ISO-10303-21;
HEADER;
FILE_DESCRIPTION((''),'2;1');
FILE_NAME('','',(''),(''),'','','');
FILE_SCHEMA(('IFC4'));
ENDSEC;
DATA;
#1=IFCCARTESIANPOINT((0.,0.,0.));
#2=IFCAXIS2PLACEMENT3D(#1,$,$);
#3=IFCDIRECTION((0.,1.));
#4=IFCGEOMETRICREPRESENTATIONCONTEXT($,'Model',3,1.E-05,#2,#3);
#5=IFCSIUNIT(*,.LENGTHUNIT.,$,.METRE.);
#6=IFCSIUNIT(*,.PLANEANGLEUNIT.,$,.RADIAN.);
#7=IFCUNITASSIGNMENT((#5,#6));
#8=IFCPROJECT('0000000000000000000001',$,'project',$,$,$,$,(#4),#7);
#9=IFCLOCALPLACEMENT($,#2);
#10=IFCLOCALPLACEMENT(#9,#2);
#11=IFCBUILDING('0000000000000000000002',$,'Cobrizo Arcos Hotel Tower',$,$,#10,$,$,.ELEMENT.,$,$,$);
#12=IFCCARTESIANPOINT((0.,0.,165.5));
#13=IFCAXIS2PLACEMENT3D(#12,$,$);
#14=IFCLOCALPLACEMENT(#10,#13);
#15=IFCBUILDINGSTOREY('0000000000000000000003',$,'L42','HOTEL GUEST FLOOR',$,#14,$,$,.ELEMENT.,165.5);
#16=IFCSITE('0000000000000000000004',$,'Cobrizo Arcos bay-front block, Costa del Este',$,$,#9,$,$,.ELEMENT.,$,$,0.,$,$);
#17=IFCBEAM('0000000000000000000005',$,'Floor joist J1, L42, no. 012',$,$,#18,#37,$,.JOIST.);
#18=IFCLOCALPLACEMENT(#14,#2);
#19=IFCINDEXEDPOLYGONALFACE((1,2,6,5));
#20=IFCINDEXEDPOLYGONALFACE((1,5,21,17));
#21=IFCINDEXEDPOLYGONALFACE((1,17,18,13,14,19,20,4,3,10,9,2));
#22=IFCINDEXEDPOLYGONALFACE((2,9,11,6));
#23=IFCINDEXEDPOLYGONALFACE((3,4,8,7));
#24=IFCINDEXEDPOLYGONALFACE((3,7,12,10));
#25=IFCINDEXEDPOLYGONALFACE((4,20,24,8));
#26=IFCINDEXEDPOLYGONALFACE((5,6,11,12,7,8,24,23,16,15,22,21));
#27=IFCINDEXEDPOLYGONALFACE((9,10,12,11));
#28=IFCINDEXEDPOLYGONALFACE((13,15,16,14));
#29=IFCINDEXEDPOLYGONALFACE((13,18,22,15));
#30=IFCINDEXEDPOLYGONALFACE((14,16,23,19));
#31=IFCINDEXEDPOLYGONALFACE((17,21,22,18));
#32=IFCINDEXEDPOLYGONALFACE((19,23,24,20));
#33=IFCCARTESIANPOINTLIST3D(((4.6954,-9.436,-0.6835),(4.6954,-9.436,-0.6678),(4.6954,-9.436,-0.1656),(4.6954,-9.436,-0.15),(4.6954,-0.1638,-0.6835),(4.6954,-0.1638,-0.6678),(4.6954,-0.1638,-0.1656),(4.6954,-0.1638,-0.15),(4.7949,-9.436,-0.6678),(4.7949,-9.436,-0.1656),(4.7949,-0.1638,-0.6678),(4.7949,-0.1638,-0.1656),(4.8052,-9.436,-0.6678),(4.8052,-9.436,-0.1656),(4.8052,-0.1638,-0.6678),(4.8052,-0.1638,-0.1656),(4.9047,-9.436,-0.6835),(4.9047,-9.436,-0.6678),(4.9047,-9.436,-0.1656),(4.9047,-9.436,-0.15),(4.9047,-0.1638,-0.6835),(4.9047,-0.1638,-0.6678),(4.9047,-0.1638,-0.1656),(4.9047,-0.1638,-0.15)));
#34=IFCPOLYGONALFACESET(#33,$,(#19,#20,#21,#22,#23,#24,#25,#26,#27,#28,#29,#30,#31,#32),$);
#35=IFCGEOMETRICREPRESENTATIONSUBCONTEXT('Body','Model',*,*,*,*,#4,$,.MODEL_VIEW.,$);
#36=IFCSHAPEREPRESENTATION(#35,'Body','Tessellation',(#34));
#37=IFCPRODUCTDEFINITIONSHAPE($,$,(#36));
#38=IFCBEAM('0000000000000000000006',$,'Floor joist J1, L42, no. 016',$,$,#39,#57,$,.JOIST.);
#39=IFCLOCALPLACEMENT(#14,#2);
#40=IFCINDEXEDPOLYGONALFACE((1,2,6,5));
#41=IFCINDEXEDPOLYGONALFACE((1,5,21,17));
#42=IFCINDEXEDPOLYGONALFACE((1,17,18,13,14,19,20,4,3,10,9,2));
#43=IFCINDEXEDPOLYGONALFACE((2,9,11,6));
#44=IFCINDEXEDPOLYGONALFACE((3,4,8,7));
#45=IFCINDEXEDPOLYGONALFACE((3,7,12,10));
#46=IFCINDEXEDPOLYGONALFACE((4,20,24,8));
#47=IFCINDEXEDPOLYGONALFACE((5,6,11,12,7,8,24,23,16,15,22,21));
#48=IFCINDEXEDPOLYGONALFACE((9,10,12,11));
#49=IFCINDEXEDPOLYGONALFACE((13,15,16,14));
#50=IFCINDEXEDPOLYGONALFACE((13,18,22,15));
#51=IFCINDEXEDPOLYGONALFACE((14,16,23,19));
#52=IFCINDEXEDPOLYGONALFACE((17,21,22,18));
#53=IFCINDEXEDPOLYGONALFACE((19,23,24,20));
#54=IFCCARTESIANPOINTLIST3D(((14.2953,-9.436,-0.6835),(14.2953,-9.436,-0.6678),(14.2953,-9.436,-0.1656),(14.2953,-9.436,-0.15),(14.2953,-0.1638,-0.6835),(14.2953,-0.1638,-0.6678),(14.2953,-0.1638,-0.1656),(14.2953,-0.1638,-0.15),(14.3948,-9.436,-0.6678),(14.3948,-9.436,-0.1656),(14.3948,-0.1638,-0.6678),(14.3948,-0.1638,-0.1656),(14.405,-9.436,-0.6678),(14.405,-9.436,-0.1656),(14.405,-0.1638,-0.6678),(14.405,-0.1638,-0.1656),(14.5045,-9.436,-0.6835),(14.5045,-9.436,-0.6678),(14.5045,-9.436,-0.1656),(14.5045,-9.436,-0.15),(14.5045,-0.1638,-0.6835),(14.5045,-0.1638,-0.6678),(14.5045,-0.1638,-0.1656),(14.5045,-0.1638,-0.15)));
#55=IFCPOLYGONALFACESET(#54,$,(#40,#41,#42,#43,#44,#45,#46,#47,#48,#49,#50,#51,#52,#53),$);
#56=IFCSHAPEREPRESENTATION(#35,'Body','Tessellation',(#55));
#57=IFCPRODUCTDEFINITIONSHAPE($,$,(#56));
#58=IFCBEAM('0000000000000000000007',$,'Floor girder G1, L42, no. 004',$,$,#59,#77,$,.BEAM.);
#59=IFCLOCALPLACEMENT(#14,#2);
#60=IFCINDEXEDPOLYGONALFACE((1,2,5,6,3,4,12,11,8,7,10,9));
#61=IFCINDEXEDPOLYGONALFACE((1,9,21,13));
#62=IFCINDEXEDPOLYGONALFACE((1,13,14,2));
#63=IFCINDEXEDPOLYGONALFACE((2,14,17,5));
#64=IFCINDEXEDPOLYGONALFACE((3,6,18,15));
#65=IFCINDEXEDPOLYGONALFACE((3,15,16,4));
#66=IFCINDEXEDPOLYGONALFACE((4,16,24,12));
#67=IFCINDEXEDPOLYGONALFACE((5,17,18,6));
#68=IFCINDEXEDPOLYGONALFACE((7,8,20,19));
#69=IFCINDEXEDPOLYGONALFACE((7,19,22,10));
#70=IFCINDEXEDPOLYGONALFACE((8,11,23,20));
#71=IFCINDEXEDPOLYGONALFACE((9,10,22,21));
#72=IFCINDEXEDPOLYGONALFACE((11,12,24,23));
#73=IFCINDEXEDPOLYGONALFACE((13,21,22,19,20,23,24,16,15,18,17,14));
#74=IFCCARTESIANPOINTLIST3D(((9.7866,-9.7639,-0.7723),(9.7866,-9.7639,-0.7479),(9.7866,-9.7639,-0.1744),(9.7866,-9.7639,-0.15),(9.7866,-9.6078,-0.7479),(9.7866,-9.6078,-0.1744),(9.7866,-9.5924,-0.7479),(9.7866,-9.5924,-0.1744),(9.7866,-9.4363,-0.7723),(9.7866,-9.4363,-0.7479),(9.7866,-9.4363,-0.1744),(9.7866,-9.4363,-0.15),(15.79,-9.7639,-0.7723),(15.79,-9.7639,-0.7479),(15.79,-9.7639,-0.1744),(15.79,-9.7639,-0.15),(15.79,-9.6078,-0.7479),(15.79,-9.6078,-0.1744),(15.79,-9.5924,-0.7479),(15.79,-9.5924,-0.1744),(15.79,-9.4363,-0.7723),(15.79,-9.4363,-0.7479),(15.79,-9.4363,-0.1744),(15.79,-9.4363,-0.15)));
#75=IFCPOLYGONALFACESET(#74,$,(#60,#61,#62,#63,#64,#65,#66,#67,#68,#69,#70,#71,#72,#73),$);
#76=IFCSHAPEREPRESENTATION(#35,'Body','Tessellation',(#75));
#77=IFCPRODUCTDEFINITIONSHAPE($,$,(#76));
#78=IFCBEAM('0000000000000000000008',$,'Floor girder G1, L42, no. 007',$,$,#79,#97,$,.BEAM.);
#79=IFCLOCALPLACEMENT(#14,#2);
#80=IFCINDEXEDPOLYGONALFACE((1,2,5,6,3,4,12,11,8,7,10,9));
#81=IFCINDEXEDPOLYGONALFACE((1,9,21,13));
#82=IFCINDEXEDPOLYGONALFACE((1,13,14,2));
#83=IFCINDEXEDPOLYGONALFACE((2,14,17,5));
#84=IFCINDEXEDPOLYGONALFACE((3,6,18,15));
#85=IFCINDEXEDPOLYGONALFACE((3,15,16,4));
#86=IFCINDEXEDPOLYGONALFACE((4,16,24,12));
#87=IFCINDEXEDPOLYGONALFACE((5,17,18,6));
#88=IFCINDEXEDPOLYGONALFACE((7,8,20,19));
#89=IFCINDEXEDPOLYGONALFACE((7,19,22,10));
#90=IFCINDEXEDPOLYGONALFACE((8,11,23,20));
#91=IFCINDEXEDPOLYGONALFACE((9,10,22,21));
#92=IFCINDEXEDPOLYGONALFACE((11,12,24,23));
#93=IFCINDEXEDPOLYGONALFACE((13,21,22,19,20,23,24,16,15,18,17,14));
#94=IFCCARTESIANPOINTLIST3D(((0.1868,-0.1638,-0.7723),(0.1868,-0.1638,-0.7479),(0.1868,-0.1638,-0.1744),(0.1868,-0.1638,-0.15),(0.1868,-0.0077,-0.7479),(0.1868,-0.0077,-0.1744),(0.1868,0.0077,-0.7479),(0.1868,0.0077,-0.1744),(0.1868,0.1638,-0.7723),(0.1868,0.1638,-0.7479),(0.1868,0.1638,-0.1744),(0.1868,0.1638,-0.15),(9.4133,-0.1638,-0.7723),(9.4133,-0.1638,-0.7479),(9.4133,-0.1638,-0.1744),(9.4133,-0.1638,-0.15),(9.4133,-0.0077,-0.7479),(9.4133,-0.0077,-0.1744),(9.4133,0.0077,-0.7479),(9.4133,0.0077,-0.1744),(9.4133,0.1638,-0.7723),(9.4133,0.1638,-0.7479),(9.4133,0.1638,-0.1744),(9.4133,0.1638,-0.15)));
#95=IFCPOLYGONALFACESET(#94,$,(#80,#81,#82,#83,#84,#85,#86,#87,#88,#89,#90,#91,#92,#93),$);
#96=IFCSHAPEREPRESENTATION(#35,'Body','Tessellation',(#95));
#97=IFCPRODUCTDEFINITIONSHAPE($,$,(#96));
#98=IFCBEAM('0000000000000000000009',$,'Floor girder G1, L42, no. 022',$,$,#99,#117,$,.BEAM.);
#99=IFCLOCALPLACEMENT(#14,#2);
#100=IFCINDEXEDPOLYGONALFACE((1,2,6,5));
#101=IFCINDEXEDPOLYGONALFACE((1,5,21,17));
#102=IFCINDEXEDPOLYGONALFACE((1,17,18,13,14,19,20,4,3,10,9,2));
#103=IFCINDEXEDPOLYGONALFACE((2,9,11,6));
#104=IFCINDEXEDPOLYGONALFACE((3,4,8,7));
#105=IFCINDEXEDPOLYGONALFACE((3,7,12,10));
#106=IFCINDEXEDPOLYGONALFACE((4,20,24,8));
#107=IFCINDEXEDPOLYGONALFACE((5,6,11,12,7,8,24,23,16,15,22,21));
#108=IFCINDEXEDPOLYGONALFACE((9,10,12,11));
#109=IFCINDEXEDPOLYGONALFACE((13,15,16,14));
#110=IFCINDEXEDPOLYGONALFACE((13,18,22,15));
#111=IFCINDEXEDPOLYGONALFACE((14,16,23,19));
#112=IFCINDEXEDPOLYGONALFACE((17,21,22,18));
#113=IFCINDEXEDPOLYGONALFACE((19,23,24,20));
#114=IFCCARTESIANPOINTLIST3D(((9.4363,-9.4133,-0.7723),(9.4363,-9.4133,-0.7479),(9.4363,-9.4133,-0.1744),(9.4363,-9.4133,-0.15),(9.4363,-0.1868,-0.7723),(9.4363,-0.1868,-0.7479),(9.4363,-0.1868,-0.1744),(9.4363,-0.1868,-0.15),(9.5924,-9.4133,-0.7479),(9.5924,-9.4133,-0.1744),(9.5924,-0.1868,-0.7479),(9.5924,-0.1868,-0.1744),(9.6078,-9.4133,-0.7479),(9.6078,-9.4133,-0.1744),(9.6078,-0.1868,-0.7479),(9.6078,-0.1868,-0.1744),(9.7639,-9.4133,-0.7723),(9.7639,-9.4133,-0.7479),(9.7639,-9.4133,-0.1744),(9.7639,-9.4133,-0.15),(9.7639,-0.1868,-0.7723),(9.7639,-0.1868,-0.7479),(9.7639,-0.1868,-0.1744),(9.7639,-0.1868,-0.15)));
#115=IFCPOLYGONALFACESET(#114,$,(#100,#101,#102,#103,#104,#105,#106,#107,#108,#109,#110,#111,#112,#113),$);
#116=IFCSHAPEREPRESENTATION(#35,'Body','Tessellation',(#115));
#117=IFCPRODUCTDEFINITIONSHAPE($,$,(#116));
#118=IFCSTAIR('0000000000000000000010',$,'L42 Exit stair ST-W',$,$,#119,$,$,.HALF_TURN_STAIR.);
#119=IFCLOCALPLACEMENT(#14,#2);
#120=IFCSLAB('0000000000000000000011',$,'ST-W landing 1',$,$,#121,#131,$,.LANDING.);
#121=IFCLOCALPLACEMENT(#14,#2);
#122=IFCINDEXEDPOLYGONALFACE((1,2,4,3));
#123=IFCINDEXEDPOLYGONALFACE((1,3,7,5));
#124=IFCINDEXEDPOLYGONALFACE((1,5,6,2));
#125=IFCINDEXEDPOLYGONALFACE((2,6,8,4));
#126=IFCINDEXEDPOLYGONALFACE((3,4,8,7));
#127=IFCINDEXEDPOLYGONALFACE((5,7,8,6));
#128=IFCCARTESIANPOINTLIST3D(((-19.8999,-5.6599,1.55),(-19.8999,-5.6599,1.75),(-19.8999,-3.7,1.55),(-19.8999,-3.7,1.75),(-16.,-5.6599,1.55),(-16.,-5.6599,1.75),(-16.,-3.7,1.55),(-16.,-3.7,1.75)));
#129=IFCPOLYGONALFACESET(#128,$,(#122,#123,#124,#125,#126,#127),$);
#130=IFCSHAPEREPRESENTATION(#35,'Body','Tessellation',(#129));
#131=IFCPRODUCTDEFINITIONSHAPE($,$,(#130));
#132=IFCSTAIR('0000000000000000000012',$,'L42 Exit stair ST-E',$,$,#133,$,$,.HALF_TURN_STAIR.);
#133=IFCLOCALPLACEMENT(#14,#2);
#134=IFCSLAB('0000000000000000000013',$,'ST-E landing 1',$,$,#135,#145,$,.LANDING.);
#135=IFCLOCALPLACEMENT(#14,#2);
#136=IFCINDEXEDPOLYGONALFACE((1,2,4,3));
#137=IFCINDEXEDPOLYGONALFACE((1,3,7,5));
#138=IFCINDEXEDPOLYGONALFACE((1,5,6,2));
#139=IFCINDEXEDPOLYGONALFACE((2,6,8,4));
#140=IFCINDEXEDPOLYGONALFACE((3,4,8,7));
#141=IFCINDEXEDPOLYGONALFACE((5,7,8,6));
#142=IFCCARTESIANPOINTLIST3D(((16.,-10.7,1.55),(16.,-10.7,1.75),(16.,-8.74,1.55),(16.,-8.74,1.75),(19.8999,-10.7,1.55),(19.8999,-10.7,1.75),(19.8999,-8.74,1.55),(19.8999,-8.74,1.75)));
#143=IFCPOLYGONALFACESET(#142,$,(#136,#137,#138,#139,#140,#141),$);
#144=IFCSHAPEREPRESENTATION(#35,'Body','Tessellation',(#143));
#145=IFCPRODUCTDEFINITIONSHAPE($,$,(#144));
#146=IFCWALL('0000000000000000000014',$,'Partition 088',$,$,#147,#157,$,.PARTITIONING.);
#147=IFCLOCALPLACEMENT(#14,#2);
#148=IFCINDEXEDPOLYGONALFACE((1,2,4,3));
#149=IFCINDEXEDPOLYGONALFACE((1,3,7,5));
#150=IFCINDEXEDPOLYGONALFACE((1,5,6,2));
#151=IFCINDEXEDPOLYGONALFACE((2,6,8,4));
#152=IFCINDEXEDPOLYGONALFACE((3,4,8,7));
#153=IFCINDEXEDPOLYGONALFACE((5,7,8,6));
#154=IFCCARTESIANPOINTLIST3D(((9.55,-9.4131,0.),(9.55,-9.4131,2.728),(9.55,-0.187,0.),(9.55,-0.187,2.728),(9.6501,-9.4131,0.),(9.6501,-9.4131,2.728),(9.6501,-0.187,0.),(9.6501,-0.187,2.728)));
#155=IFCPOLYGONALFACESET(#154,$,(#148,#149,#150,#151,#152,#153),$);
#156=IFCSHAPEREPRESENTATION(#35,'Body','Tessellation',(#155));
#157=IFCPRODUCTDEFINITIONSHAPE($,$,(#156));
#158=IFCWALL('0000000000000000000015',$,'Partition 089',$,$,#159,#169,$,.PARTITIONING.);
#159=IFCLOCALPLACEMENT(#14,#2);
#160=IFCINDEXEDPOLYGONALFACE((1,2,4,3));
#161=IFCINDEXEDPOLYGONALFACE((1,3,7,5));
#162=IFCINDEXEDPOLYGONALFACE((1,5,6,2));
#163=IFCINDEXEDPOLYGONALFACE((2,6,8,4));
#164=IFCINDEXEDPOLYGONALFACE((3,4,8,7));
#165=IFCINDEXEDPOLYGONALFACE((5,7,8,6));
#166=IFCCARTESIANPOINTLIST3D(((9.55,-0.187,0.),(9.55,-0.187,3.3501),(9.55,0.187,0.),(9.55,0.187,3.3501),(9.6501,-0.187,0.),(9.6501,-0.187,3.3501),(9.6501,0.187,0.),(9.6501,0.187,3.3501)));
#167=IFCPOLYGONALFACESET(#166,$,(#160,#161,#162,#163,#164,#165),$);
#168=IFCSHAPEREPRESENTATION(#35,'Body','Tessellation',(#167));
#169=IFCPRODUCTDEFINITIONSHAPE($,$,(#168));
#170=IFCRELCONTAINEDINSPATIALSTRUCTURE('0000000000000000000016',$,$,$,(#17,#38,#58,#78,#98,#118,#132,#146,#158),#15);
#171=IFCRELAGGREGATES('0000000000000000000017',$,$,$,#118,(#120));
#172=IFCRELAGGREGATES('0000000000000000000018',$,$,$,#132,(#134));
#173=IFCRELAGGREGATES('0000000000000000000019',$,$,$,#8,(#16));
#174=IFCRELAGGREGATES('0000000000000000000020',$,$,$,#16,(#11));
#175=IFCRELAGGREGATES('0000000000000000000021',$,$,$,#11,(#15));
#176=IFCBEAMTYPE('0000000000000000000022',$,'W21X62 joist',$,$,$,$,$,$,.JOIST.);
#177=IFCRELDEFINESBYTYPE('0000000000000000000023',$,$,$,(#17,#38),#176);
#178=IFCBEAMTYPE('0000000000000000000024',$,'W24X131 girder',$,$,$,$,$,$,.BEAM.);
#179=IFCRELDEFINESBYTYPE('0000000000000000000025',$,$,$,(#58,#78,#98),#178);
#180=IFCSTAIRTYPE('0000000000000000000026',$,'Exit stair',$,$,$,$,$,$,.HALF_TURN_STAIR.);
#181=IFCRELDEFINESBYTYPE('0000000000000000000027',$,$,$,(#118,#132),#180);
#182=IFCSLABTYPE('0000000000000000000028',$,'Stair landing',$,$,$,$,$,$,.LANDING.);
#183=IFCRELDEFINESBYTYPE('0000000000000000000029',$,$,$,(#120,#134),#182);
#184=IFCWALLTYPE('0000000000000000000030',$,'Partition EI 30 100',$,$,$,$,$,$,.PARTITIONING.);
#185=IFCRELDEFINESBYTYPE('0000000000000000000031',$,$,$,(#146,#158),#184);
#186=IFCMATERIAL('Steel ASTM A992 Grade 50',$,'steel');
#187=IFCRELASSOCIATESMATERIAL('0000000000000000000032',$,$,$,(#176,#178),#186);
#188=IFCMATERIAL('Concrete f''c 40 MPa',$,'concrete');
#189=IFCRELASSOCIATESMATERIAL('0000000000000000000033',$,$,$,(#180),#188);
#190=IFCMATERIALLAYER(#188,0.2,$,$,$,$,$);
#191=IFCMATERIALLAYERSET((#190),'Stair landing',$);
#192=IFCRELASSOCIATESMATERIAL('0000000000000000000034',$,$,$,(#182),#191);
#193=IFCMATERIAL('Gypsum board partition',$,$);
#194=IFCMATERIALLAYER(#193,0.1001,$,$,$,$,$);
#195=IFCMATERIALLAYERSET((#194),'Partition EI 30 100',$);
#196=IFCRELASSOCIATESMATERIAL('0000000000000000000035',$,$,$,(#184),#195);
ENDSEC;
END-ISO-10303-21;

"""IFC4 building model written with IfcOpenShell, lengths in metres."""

from ifc_helpers import new_model, si_unit, direction, frame, frame_2d, origin, origin_2d, place, context, subcontext, project, spatial, polyline, rectangle, i_section, outline, extrude, material, layer, layer_set, material_profile, profile_set, type_object, element, aggregate, save


model = new_model("IFC4")

# Units and contexts
model_context = context("Model", 3, precision=1e-05, world=origin(), true_north=direction((0.0, 1.0)))
body_context = subcontext(model_context, "Body", "Model", "MODEL_VIEW")
ifc_project = project(units=[si_unit("LENGTHUNIT", "METRE"), si_unit("PLANEANGLEUNIT", "RADIAN")], contexts=[model_context])

# Site, building, storey
site_placement = place(None, origin())
site = spatial("IfcSite", under=ifc_project, at=site_placement, Name="Cobrizo Arcos bay-front block, Costa del Este", CompositionType="ELEMENT", RefElevation=0.0)
building_placement = place(site_placement, origin())
building = spatial("IfcBuilding", under=site, at=building_placement, Name="Cobrizo Arcos Hotel Tower", CompositionType="ELEMENT")
storey_placement = place(building_placement, frame((0.0, 0.0, 165.5)))
storey = spatial("IfcBuildingStorey", under=building, at=storey_placement, Name="L42", Description="HOTEL GUEST FLOOR", CompositionType="ELEMENT", Elevation=165.5)

# Beams
ifc_material_1 = material(Name="Steel ASTM A992 Grade 50", Category="steel")
ifc_material_profile_1 = material_profile(ifc_material_1, i_section(OverallWidth=0.2092, OverallDepth=0.5334, WebThickness=0.0103, FlangeThickness=0.0156, at=origin_2d()), Name="W21X62")
ifc_profile_set_1 = profile_set([ifc_material_profile_1], Name="Steel ASTM A992 Grade 50")
beam_type_1 = type_object("IfcBeamType", Name="W21X62 joist", PredefinedType="JOIST", material=ifc_profile_set_1)
for number, where, z_axis, x_axis, name in (
    (1, (4.8, -9.436, -0.4167), (0.0, 1.0, 0.0), (-1.0, 0.0, 0.0), "Floor joist J1, L42, no. 012"),
    (2, (14.3999, -9.436, -0.4167), (0.0, 1.0, 0.0), (-1.0, 0.0, 0.0), "Floor joist J1, L42, no. 016"),
):
    element("IfcBeam", number, at=place(storey_placement, frame(where, z_axis=z_axis, x_axis=x_axis)), inside=storey, type_object=beam_type_1, Name=name, PredefinedType="JOIST", context=body_context, shape_type="SweptSolid", body=[
        extrude(i_section(OverallWidth=0.2092, OverallDepth=0.5334, WebThickness=0.0103, FlangeThickness=0.0156, at=origin_2d()), origin(), (0.0, 0.0, 1.0), 9.2722),
    ])
ifc_material_profile_2 = material_profile(ifc_material_1, i_section(OverallWidth=0.3276, OverallDepth=0.6223, WebThickness=0.0154, FlangeThickness=0.0244, at=origin_2d()), Name="W24X131")
ifc_profile_set_2 = profile_set([ifc_material_profile_2], Name="Steel ASTM A992 Grade 50")
beam_type_2 = type_object("IfcBeamType", Name="W24X131 girder", PredefinedType="BEAM", material=ifc_profile_set_2)
beam_placement = place(storey_placement, frame((9.7866, -9.6001, -0.4612), z_axis=(1.0, 0.0, 0.0), x_axis=(0.0, 1.0, 0.0)))
element("IfcBeam", 3, at=beam_placement, inside=storey, type_object=beam_type_2, Name="Floor girder G1, L42, no. 004", PredefinedType="BEAM", context=body_context, shape_type="SweptSolid", body=[
    extrude(i_section(OverallWidth=0.3276, OverallDepth=0.6223, WebThickness=0.0154, FlangeThickness=0.0244, at=origin_2d()), origin(), (0.0, 0.0, 1.0), 6.0034),
])
for number, where, z_axis, x_axis, name in (
    (4, (0.1868, 0.0, -0.4612), (1.0, 0.0, 0.0), (0.0, 1.0, 0.0), "Floor girder G1, L42, no. 007"),
    (5, (9.6001, -9.4133, -0.4612), (0.0, 1.0, 0.0), (-1.0, 0.0, 0.0), "Floor girder G1, L42, no. 022"),
):
    element("IfcBeam", number, at=place(storey_placement, frame(where, z_axis=z_axis, x_axis=x_axis)), inside=storey, type_object=beam_type_2, Name=name, PredefinedType="BEAM", context=body_context, shape_type="SweptSolid", body=[
        extrude(i_section(OverallWidth=0.3276, OverallDepth=0.6223, WebThickness=0.0154, FlangeThickness=0.0244, at=origin_2d()), origin(), (0.0, 0.0, 1.0), 9.2266),
    ])

# Stairs, slabs
ifc_material_2 = material(Name="Concrete f'c 40 MPa", Category="concrete")
stair_type = type_object("IfcStairType", Name="Exit stair", PredefinedType="HALF_TURN_STAIR", material=ifc_material_2)
stair_1_placement = place(storey_placement, origin())
stair_1 = element("IfcStair", 6, at=stair_1_placement, inside=storey, type_object=stair_type, Name="L42 Exit stair ST-W", PredefinedType="HALF_TURN_STAIR")
ifc_layer_1 = layer(ifc_material_2, 0.2)
ifc_layer_set_1 = layer_set([ifc_layer_1], Name="Stair landing")
slab_type = type_object("IfcSlabType", Name="Stair landing", PredefinedType="LANDING", material=ifc_layer_set_1)
slab_1_placement = place(storey_placement, frame((0.0, 0.0, 1.55)))
slab_1 = element("IfcSlab", 7, at=slab_1_placement, type_object=slab_type, Name="ST-W landing 1", PredefinedType="LANDING", context=body_context, shape_type="SweptSolid", body=[
    extrude(outline(polyline([(-16.0, -5.6599), (-16.0, -3.7), (-19.8999, -3.7), (-19.8999, -5.6599), (-16.0, -5.6599)])), origin(), (0.0, 0.0, 1.0), 0.2),
])
aggregate(stair_1, [slab_1])
stair_2_placement = place(storey_placement, origin())
stair_2 = element("IfcStair", 8, at=stair_2_placement, inside=storey, type_object=stair_type, Name="L42 Exit stair ST-E", PredefinedType="HALF_TURN_STAIR")
slab_2_placement = place(storey_placement, frame((0.0, 0.0, 1.55)))
slab_2 = element("IfcSlab", 9, at=slab_2_placement, type_object=slab_type, Name="ST-E landing 1", PredefinedType="LANDING", context=body_context, shape_type="SweptSolid", body=[
    extrude(outline(polyline([(16.0, -8.74), (16.0, -10.7), (19.8999, -10.7), (19.8999, -8.74), (16.0, -8.74)])), origin(), (0.0, 0.0, 1.0), 0.2),
])
aggregate(stair_2, [slab_2])

# Walls
ifc_material_3 = material(Name="Gypsum board partition")
ifc_layer_2 = layer(ifc_material_3, 0.1001)
ifc_layer_set_2 = layer_set([ifc_layer_2], Name="Partition EI 30 100")
wall_type_1 = type_object("IfcWallType", Name="Partition EI 30 100", PredefinedType="PARTITIONING", material=ifc_layer_set_2)
wall_1_placement = place(storey_placement, frame((9.6001, -9.4131, 0.0), z_axis=(0.0, 0.0, 1.0), x_axis=(0.0, 1.0, 0.0)))
element("IfcWall", 10, at=wall_1_placement, inside=storey, type_object=wall_type_1, Name="Partition 088", PredefinedType="PARTITIONING", context=body_context, shape_type="SweptSolid", body=[
    extrude(rectangle(XDim=9.2261, YDim=0.1001, at=frame_2d((4.613, 0.0))), origin(), (0.0, 0.0, 1.0), 2.728),
])
wall_2_placement = place(storey_placement, frame((9.6001, -0.187, 0.0), z_axis=(0.0, 0.0, 1.0), x_axis=(0.0, 1.0, 0.0)))
element("IfcWall", 11, at=wall_2_placement, inside=storey, type_object=wall_type_1, Name="Partition 089", PredefinedType="PARTITIONING", context=body_context, shape_type="SweptSolid", body=[
    extrude(rectangle(XDim=0.374, YDim=0.1001, at=frame_2d((0.187, 0.0))), origin(), (0.0, 0.0, 1.0), 3.3501),
])

save(model, "model.ifc")
